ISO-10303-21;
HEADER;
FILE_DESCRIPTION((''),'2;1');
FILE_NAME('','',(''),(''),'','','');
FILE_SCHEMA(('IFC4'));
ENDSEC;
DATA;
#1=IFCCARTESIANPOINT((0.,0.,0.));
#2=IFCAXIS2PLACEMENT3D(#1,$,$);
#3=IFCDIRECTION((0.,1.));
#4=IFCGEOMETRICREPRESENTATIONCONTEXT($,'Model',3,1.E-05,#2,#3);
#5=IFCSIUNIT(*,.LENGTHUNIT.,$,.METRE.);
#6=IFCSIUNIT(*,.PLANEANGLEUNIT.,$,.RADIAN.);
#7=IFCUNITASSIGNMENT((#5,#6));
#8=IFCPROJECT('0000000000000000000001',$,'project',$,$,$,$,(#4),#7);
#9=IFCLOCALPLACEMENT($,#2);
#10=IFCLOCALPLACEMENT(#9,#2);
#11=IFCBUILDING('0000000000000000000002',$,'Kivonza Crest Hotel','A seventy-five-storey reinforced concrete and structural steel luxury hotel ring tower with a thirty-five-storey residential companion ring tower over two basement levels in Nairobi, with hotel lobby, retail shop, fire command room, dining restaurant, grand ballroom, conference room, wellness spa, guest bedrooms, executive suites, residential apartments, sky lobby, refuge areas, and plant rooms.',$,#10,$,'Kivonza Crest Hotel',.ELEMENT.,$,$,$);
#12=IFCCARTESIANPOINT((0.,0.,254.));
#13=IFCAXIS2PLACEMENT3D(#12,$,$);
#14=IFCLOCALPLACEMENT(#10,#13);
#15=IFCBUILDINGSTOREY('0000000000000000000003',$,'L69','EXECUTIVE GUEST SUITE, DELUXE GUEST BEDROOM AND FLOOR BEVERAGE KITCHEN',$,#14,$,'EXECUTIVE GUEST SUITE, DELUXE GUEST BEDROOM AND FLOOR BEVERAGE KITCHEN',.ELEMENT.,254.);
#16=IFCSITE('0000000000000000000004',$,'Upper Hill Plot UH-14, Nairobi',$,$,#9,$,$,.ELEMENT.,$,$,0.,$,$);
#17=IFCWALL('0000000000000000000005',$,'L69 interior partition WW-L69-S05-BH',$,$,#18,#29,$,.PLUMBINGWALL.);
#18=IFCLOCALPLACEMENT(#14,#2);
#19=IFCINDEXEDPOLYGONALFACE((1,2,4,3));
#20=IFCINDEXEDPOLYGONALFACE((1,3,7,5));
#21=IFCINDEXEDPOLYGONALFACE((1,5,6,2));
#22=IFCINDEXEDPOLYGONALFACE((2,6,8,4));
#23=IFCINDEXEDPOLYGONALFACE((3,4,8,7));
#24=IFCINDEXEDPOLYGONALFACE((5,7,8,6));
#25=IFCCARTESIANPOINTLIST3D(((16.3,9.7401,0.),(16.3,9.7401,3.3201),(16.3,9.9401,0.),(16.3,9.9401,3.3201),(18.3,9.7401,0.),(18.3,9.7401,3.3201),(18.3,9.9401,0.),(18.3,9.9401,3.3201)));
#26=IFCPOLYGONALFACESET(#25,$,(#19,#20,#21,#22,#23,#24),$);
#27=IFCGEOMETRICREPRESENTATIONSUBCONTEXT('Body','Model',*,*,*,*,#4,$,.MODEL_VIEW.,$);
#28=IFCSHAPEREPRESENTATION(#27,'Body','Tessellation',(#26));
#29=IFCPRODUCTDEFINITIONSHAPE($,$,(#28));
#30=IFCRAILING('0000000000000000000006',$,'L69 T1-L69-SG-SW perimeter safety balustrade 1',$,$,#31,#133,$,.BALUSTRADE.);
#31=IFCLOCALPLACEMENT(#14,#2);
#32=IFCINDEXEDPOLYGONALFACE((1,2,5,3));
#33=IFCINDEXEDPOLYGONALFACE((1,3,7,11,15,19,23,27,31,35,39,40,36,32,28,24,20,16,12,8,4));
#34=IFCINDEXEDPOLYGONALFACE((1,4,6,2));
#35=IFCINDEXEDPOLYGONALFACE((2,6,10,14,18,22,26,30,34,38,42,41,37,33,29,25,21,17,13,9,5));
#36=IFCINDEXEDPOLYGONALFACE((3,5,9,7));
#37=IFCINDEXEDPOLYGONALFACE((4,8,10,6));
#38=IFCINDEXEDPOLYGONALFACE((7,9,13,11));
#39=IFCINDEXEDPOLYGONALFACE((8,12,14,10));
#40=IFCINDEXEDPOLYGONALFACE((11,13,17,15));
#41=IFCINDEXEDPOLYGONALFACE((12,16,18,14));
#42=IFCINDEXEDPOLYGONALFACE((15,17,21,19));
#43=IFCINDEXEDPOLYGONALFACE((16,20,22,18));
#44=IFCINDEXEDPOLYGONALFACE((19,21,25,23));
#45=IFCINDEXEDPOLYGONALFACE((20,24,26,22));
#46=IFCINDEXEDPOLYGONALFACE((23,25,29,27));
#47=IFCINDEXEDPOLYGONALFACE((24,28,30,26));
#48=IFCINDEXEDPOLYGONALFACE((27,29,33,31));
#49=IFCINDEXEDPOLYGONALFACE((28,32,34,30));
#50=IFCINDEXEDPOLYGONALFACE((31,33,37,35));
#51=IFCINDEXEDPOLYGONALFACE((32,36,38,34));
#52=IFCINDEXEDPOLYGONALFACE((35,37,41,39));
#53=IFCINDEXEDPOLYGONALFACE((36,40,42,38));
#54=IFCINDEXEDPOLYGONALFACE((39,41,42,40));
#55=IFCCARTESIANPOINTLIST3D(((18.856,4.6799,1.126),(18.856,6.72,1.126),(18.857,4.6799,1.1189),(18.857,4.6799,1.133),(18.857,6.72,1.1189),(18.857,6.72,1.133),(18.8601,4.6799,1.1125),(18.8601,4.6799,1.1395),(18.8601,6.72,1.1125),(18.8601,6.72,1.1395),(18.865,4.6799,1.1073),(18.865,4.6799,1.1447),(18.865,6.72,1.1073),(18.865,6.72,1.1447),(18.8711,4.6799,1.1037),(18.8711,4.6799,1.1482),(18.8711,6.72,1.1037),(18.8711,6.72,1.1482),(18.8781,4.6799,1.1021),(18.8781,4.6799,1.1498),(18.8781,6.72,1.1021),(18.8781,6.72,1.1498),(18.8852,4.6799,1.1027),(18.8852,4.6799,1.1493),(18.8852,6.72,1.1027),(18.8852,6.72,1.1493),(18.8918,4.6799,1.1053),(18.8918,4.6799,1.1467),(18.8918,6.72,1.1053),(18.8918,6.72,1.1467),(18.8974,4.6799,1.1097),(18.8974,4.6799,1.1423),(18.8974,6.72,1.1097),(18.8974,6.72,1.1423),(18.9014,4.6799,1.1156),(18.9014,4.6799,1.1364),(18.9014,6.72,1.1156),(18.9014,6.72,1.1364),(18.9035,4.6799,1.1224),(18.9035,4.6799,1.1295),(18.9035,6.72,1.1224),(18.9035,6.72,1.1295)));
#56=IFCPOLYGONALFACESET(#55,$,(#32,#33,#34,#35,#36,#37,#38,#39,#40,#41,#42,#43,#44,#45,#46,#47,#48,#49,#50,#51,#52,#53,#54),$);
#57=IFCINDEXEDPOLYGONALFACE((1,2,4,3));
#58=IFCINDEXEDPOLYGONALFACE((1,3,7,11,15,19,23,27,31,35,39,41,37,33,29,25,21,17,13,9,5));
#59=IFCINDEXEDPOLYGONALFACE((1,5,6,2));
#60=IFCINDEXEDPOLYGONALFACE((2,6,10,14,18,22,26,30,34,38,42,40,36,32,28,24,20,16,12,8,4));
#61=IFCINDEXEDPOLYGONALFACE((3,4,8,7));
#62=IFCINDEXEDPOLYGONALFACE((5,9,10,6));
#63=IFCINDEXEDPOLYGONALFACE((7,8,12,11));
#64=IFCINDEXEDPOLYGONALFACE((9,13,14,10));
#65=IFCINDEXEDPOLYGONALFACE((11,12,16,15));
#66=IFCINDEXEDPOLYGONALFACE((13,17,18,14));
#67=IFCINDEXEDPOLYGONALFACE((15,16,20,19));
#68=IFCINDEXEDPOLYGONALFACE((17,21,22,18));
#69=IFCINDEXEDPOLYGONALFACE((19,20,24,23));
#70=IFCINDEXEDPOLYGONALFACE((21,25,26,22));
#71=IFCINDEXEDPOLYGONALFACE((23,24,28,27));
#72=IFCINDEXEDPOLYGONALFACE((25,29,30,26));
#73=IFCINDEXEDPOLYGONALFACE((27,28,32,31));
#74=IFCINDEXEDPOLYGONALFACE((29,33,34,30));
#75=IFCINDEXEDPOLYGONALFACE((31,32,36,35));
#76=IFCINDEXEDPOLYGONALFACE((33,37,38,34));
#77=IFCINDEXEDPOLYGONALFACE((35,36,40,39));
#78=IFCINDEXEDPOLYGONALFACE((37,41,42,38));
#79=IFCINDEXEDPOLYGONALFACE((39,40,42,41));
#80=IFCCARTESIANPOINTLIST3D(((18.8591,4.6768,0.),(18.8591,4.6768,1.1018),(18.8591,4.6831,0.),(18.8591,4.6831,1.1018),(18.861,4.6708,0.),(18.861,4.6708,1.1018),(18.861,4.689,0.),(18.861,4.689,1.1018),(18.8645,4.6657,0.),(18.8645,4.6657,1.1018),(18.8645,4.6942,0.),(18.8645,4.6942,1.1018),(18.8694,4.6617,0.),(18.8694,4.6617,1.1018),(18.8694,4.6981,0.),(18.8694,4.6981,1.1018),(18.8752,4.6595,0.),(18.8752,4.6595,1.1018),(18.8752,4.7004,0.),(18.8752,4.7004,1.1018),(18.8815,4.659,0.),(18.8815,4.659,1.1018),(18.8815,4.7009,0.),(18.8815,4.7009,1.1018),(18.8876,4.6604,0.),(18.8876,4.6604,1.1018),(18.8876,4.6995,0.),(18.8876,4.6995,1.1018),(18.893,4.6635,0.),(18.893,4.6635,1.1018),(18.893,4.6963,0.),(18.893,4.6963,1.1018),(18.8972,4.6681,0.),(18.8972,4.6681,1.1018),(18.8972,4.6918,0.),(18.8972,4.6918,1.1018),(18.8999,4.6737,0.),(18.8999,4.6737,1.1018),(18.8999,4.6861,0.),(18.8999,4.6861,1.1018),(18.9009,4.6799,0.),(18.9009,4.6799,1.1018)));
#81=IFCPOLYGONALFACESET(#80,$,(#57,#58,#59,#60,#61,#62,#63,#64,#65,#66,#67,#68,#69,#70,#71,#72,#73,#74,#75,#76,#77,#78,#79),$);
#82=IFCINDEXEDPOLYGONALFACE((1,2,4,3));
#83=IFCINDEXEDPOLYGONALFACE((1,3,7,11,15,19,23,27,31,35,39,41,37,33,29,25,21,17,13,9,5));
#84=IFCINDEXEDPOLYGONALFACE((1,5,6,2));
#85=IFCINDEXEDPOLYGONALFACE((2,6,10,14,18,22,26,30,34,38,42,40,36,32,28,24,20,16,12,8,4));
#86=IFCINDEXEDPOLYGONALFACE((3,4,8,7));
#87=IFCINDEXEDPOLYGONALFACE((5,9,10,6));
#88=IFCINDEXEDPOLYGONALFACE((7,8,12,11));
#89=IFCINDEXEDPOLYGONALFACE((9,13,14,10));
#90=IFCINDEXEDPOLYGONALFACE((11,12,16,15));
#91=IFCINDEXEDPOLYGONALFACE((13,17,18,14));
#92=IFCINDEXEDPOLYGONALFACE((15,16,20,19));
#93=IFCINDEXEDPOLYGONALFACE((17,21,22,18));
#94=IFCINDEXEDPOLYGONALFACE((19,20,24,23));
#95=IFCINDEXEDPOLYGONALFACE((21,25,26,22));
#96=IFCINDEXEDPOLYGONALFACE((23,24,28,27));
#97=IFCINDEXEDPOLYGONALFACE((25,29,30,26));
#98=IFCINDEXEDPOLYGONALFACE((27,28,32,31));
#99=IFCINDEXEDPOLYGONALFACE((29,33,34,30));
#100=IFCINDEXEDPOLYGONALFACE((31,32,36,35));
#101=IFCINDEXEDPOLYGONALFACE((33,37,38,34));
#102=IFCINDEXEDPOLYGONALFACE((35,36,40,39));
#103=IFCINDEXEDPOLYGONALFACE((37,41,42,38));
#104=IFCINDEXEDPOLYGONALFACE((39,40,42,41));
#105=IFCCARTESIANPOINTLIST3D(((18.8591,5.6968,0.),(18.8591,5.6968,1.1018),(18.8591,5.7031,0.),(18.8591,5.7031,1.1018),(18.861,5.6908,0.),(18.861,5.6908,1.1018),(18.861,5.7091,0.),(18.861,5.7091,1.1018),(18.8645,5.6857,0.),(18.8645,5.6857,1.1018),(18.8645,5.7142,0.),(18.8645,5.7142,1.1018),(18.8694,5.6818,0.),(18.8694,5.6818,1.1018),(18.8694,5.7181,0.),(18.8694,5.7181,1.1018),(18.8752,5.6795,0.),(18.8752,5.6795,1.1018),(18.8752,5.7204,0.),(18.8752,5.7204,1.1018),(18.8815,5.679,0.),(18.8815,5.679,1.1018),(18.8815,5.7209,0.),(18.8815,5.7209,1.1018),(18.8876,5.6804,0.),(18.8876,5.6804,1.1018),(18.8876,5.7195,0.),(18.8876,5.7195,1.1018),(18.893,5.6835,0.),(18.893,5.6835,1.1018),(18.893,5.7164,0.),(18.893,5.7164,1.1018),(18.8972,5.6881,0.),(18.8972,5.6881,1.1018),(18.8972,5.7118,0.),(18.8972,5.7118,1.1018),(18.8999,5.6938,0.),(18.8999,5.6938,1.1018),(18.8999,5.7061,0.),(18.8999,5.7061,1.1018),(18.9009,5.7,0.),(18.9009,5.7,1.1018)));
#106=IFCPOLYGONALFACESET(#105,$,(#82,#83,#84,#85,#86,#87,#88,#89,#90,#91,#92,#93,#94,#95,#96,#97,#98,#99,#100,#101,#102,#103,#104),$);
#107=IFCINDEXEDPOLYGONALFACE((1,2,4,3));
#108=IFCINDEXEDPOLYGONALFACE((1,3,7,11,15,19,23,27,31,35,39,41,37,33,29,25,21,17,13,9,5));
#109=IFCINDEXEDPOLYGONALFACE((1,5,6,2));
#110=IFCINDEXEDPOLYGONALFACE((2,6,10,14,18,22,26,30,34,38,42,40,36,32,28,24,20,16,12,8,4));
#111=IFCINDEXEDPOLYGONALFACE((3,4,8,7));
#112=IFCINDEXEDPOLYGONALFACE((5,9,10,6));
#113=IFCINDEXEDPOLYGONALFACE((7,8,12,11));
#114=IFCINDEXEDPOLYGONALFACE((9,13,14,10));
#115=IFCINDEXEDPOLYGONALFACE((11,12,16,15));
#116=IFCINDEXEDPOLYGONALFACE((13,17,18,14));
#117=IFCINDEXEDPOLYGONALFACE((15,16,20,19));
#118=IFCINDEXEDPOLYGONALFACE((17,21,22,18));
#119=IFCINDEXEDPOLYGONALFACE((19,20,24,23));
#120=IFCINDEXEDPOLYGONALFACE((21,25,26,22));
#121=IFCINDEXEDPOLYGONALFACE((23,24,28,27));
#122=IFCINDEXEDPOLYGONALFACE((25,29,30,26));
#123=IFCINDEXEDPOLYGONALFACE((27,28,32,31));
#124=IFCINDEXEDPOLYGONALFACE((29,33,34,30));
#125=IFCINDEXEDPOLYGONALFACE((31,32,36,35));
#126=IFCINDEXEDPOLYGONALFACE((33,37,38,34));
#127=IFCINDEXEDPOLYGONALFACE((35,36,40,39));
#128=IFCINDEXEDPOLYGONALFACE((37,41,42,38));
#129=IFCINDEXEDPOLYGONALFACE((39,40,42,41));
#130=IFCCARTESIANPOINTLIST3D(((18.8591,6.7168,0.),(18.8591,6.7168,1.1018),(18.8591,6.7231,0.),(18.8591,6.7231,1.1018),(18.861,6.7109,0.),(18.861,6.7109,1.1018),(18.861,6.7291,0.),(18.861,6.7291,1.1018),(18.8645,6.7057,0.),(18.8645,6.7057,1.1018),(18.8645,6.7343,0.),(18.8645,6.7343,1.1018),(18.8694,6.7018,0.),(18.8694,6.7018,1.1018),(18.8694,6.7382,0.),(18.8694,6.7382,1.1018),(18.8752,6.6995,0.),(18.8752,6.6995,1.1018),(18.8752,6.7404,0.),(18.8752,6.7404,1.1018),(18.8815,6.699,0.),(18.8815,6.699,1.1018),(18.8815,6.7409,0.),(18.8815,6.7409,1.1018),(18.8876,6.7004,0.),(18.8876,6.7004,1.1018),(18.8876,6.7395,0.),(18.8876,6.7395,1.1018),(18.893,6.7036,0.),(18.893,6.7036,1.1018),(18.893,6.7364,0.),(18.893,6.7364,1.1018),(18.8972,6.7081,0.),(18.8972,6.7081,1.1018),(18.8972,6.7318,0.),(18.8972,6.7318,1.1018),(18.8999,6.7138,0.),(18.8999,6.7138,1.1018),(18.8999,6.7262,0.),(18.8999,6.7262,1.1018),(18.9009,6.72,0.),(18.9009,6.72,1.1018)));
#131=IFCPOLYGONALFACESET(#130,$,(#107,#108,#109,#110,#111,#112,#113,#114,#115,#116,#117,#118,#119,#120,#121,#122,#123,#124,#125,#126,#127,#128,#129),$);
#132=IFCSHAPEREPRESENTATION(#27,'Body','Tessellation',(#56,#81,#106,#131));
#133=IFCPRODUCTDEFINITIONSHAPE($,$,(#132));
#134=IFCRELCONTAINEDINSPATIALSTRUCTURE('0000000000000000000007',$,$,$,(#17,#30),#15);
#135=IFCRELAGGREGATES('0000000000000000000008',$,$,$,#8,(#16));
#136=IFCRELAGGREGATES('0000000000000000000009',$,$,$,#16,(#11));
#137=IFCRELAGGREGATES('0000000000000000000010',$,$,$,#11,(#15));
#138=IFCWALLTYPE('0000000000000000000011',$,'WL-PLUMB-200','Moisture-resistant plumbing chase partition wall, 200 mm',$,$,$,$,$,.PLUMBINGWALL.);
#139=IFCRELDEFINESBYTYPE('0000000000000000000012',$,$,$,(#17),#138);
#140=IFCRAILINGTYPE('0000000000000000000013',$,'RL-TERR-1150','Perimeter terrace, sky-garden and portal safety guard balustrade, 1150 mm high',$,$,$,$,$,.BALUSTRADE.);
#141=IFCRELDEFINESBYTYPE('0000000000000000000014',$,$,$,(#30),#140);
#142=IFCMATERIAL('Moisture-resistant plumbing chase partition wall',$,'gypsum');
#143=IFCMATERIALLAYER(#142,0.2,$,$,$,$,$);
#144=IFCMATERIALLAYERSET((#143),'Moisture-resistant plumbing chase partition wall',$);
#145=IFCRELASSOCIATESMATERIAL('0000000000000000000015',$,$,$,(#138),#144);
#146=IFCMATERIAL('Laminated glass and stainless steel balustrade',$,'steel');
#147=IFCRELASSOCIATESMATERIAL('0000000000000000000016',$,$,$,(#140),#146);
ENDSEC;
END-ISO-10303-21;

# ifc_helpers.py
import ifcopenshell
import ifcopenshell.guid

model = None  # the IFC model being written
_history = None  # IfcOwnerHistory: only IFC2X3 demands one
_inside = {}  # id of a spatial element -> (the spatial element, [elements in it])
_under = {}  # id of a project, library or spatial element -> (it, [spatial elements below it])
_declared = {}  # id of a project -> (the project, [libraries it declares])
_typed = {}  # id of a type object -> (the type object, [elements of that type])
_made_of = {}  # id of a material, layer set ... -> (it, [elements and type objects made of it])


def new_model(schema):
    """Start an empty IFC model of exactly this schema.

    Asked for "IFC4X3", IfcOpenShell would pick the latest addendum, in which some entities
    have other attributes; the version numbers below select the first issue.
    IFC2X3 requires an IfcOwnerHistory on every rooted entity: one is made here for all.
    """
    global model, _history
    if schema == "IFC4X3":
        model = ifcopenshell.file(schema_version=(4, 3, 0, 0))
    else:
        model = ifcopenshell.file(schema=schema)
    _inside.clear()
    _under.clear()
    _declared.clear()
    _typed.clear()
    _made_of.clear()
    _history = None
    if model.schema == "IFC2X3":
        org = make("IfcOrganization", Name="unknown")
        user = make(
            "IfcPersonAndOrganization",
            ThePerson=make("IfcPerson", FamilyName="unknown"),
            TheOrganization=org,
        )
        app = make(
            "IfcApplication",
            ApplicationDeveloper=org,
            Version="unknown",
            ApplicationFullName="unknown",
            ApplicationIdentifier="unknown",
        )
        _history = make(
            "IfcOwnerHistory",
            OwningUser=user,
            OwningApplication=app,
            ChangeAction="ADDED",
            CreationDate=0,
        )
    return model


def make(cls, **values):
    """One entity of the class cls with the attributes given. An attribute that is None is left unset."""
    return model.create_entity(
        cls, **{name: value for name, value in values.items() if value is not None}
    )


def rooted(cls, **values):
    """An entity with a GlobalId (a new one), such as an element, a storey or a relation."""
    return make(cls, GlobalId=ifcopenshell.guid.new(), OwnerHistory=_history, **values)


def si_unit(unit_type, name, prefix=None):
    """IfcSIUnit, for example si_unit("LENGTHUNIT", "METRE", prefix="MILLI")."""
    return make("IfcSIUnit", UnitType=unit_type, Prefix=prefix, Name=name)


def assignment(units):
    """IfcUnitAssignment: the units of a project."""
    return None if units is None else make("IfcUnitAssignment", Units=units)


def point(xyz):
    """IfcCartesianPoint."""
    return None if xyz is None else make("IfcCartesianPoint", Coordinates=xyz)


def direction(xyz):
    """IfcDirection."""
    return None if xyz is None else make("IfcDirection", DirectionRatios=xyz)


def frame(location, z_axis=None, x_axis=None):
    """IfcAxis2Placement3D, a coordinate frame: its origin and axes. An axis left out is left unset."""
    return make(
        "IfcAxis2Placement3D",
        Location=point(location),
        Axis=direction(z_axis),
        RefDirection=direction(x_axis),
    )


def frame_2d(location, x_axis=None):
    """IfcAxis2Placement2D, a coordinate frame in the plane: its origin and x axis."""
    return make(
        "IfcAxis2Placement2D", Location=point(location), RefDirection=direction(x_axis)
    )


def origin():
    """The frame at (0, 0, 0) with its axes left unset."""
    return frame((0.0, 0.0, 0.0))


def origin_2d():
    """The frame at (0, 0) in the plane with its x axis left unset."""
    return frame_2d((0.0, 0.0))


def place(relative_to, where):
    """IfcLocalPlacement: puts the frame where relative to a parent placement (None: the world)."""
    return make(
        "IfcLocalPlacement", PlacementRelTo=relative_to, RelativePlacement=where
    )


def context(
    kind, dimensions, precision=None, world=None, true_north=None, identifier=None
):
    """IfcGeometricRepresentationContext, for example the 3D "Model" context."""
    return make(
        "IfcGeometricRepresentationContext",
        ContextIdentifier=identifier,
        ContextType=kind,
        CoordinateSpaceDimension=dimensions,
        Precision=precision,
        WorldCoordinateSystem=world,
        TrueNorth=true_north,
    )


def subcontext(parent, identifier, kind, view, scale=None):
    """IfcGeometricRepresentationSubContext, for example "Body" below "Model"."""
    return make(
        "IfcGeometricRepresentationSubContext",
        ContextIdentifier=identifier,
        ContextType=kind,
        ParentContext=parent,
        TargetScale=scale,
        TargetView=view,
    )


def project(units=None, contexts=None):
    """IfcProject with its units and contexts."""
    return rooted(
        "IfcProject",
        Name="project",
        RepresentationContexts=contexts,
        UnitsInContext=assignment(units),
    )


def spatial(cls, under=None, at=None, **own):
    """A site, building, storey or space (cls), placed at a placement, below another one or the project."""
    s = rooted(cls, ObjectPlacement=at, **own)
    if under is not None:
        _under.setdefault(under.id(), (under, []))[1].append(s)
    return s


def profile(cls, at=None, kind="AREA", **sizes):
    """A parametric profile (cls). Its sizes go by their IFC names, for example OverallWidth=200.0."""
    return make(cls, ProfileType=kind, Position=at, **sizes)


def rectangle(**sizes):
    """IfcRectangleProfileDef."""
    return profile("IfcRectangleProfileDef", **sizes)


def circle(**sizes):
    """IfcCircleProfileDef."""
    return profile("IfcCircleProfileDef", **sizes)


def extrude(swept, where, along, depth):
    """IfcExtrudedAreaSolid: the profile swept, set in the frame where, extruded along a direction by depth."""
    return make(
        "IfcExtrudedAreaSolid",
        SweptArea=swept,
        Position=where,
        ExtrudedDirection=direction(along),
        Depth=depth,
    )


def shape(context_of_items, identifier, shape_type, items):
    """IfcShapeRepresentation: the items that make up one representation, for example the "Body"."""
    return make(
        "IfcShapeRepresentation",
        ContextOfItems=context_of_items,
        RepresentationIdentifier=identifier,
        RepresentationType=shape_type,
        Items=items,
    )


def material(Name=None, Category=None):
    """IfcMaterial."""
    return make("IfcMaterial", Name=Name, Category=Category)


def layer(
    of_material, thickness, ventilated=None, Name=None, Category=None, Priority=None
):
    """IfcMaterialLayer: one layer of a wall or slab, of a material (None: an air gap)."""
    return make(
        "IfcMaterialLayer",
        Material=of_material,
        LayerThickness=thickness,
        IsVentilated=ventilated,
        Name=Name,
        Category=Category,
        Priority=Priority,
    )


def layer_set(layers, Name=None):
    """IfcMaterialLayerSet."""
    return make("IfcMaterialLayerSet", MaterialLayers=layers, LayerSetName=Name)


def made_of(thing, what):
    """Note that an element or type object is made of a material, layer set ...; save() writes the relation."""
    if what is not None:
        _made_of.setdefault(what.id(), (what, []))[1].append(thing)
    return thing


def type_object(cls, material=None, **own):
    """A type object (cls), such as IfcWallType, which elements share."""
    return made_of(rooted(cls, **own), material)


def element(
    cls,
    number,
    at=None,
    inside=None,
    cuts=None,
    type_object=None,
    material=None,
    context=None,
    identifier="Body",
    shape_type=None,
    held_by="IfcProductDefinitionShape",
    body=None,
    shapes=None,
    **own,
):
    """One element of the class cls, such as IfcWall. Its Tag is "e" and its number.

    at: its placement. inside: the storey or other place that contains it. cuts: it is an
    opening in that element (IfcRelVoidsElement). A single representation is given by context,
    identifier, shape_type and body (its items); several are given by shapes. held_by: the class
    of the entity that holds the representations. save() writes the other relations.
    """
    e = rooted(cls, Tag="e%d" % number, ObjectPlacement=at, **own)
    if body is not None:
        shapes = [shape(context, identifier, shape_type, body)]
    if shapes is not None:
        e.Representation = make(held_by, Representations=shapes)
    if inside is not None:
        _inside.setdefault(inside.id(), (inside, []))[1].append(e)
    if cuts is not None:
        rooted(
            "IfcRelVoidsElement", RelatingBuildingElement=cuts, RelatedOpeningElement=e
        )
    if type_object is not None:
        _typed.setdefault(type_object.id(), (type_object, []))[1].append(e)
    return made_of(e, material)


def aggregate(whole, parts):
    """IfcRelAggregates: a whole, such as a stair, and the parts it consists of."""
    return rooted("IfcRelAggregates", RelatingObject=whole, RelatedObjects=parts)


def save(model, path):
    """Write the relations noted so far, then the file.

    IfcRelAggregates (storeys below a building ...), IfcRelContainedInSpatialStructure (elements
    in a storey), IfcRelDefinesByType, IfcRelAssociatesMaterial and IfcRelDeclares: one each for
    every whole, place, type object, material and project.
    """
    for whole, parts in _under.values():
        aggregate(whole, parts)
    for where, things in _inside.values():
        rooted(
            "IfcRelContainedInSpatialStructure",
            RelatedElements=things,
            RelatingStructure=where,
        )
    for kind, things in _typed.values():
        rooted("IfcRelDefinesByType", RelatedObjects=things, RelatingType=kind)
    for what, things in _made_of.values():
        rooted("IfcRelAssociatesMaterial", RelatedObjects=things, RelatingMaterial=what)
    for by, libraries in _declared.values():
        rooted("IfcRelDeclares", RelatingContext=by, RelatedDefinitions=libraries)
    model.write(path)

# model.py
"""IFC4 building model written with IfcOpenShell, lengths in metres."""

from ifc_helpers import new_model, si_unit, direction, frame, frame_2d, origin, origin_2d, place, context, subcontext, project, spatial, rectangle, circle, extrude, material, layer, layer_set, type_object, element, save


model = new_model("IFC4")

# Units and contexts
model_context = context("Model", 3, precision=1e-05, world=origin(), true_north=direction((0.0, 1.0)))
body_context = subcontext(model_context, "Body", "Model", "MODEL_VIEW")
ifc_project = project(units=[si_unit("LENGTHUNIT", "METRE"), si_unit("PLANEANGLEUNIT", "RADIAN")], contexts=[model_context])

# Site, building, storey
site_placement = place(None, origin())
site = spatial("IfcSite", under=ifc_project, at=site_placement, Name="Upper Hill Plot UH-14, Nairobi", CompositionType="ELEMENT", RefElevation=0.0)
building_placement = place(site_placement, origin())
building = spatial("IfcBuilding", under=site, at=building_placement, Name="Kivonza Crest Hotel", Description="A seventy-five-storey reinforced concrete and structural steel luxury hotel ring tower with a thirty-five-storey residential companion ring tower over two basement levels in Nairobi, with hotel lobby, retail shop, fire command room, dining restaurant, grand ballroom, conference room, wellness spa, guest bedrooms, executive suites, residential apartments, sky lobby, refuge areas, and plant rooms.", LongName="Kivonza Crest Hotel", CompositionType="ELEMENT")
storey_placement = place(building_placement, frame((0.0, 0.0, 254.0)))
storey = spatial("IfcBuildingStorey", under=building, at=storey_placement, Name="L69", Description="EXECUTIVE GUEST SUITE, DELUXE GUEST BEDROOM AND FLOOR BEVERAGE KITCHEN", LongName="EXECUTIVE GUEST SUITE, DELUXE GUEST BEDROOM AND FLOOR BEVERAGE KITCHEN", CompositionType="ELEMENT", Elevation=254.0)

# Shared definitions
ifc_material_1 = material(Name="Moisture-resistant plumbing chase partition wall", Category="gypsum")
ifc_layer_1 = layer(ifc_material_1, 0.2)
ifc_layer_set_1 = layer_set([ifc_layer_1], Name="Moisture-resistant plumbing chase partition wall")
wall_type_1 = type_object("IfcWallType", Name="WL-PLUMB-200", Description="Moisture-resistant plumbing chase partition wall, 200 mm", PredefinedType="PLUMBINGWALL", material=ifc_layer_set_1)

# Wall
wall_1_placement = place(storey_placement, frame((16.3, 9.8401, 0.0), z_axis=(0.0, 0.0, 1.0), x_axis=(1.0, 0.0, 0.0)))
element("IfcWall", 1, at=wall_1_placement, inside=storey, type_object=wall_type_1, Name="L69 interior partition WW-L69-S05-BH", PredefinedType="PLUMBINGWALL", context=body_context, shape_type="SweptSolid", body=[
    extrude(rectangle(XDim=2.0, YDim=0.2, at=frame_2d((1.0, 0.0))), origin(), (0.0, 0.0, 1.0), 3.3201),
])

# Railing
ifc_material_2 = material(Name="Laminated glass and stainless steel balustrade", Category="steel")
railing_type = type_object("IfcRailingType", Name="RL-TERR-1150", Description="Perimeter terrace, sky-garden and portal safety guard balustrade, 1150 mm high", PredefinedType="BALUSTRADE", material=ifc_material_2)
railing_1_placement = place(storey_placement, frame((18.8799, 4.6799, 0.0)))
element("IfcRailing", 2, at=railing_1_placement, inside=storey, type_object=railing_type, Name="L69 T1-L69-SG-SW perimeter safety balustrade 1", PredefinedType="BALUSTRADE", context=body_context, shape_type="SweptSolid", body=[
    extrude(circle(Radius=0.0239, at=origin_2d()), frame((0.0, 0.0, 1.126), z_axis=(0.0, 1.0, 0.0), x_axis=(-1.0, 0.0, 0.0)), (0.0, 0.0, 1.0), 2.04),
    extrude(circle(Radius=0.021, at=origin_2d()), origin(), (0.0, 0.0, 1.0), 1.1018),
    extrude(circle(Radius=0.021, at=origin_2d()), frame((0.0, 1.02, 0.0)), (0.0, 0.0, 1.0), 1.1018),
    extrude(circle(Radius=0.021, at=origin_2d()), frame((0.0, 2.04, 0.0)), (0.0, 0.0, 1.0), 1.1018),
])

save(model, "model.ifc")
